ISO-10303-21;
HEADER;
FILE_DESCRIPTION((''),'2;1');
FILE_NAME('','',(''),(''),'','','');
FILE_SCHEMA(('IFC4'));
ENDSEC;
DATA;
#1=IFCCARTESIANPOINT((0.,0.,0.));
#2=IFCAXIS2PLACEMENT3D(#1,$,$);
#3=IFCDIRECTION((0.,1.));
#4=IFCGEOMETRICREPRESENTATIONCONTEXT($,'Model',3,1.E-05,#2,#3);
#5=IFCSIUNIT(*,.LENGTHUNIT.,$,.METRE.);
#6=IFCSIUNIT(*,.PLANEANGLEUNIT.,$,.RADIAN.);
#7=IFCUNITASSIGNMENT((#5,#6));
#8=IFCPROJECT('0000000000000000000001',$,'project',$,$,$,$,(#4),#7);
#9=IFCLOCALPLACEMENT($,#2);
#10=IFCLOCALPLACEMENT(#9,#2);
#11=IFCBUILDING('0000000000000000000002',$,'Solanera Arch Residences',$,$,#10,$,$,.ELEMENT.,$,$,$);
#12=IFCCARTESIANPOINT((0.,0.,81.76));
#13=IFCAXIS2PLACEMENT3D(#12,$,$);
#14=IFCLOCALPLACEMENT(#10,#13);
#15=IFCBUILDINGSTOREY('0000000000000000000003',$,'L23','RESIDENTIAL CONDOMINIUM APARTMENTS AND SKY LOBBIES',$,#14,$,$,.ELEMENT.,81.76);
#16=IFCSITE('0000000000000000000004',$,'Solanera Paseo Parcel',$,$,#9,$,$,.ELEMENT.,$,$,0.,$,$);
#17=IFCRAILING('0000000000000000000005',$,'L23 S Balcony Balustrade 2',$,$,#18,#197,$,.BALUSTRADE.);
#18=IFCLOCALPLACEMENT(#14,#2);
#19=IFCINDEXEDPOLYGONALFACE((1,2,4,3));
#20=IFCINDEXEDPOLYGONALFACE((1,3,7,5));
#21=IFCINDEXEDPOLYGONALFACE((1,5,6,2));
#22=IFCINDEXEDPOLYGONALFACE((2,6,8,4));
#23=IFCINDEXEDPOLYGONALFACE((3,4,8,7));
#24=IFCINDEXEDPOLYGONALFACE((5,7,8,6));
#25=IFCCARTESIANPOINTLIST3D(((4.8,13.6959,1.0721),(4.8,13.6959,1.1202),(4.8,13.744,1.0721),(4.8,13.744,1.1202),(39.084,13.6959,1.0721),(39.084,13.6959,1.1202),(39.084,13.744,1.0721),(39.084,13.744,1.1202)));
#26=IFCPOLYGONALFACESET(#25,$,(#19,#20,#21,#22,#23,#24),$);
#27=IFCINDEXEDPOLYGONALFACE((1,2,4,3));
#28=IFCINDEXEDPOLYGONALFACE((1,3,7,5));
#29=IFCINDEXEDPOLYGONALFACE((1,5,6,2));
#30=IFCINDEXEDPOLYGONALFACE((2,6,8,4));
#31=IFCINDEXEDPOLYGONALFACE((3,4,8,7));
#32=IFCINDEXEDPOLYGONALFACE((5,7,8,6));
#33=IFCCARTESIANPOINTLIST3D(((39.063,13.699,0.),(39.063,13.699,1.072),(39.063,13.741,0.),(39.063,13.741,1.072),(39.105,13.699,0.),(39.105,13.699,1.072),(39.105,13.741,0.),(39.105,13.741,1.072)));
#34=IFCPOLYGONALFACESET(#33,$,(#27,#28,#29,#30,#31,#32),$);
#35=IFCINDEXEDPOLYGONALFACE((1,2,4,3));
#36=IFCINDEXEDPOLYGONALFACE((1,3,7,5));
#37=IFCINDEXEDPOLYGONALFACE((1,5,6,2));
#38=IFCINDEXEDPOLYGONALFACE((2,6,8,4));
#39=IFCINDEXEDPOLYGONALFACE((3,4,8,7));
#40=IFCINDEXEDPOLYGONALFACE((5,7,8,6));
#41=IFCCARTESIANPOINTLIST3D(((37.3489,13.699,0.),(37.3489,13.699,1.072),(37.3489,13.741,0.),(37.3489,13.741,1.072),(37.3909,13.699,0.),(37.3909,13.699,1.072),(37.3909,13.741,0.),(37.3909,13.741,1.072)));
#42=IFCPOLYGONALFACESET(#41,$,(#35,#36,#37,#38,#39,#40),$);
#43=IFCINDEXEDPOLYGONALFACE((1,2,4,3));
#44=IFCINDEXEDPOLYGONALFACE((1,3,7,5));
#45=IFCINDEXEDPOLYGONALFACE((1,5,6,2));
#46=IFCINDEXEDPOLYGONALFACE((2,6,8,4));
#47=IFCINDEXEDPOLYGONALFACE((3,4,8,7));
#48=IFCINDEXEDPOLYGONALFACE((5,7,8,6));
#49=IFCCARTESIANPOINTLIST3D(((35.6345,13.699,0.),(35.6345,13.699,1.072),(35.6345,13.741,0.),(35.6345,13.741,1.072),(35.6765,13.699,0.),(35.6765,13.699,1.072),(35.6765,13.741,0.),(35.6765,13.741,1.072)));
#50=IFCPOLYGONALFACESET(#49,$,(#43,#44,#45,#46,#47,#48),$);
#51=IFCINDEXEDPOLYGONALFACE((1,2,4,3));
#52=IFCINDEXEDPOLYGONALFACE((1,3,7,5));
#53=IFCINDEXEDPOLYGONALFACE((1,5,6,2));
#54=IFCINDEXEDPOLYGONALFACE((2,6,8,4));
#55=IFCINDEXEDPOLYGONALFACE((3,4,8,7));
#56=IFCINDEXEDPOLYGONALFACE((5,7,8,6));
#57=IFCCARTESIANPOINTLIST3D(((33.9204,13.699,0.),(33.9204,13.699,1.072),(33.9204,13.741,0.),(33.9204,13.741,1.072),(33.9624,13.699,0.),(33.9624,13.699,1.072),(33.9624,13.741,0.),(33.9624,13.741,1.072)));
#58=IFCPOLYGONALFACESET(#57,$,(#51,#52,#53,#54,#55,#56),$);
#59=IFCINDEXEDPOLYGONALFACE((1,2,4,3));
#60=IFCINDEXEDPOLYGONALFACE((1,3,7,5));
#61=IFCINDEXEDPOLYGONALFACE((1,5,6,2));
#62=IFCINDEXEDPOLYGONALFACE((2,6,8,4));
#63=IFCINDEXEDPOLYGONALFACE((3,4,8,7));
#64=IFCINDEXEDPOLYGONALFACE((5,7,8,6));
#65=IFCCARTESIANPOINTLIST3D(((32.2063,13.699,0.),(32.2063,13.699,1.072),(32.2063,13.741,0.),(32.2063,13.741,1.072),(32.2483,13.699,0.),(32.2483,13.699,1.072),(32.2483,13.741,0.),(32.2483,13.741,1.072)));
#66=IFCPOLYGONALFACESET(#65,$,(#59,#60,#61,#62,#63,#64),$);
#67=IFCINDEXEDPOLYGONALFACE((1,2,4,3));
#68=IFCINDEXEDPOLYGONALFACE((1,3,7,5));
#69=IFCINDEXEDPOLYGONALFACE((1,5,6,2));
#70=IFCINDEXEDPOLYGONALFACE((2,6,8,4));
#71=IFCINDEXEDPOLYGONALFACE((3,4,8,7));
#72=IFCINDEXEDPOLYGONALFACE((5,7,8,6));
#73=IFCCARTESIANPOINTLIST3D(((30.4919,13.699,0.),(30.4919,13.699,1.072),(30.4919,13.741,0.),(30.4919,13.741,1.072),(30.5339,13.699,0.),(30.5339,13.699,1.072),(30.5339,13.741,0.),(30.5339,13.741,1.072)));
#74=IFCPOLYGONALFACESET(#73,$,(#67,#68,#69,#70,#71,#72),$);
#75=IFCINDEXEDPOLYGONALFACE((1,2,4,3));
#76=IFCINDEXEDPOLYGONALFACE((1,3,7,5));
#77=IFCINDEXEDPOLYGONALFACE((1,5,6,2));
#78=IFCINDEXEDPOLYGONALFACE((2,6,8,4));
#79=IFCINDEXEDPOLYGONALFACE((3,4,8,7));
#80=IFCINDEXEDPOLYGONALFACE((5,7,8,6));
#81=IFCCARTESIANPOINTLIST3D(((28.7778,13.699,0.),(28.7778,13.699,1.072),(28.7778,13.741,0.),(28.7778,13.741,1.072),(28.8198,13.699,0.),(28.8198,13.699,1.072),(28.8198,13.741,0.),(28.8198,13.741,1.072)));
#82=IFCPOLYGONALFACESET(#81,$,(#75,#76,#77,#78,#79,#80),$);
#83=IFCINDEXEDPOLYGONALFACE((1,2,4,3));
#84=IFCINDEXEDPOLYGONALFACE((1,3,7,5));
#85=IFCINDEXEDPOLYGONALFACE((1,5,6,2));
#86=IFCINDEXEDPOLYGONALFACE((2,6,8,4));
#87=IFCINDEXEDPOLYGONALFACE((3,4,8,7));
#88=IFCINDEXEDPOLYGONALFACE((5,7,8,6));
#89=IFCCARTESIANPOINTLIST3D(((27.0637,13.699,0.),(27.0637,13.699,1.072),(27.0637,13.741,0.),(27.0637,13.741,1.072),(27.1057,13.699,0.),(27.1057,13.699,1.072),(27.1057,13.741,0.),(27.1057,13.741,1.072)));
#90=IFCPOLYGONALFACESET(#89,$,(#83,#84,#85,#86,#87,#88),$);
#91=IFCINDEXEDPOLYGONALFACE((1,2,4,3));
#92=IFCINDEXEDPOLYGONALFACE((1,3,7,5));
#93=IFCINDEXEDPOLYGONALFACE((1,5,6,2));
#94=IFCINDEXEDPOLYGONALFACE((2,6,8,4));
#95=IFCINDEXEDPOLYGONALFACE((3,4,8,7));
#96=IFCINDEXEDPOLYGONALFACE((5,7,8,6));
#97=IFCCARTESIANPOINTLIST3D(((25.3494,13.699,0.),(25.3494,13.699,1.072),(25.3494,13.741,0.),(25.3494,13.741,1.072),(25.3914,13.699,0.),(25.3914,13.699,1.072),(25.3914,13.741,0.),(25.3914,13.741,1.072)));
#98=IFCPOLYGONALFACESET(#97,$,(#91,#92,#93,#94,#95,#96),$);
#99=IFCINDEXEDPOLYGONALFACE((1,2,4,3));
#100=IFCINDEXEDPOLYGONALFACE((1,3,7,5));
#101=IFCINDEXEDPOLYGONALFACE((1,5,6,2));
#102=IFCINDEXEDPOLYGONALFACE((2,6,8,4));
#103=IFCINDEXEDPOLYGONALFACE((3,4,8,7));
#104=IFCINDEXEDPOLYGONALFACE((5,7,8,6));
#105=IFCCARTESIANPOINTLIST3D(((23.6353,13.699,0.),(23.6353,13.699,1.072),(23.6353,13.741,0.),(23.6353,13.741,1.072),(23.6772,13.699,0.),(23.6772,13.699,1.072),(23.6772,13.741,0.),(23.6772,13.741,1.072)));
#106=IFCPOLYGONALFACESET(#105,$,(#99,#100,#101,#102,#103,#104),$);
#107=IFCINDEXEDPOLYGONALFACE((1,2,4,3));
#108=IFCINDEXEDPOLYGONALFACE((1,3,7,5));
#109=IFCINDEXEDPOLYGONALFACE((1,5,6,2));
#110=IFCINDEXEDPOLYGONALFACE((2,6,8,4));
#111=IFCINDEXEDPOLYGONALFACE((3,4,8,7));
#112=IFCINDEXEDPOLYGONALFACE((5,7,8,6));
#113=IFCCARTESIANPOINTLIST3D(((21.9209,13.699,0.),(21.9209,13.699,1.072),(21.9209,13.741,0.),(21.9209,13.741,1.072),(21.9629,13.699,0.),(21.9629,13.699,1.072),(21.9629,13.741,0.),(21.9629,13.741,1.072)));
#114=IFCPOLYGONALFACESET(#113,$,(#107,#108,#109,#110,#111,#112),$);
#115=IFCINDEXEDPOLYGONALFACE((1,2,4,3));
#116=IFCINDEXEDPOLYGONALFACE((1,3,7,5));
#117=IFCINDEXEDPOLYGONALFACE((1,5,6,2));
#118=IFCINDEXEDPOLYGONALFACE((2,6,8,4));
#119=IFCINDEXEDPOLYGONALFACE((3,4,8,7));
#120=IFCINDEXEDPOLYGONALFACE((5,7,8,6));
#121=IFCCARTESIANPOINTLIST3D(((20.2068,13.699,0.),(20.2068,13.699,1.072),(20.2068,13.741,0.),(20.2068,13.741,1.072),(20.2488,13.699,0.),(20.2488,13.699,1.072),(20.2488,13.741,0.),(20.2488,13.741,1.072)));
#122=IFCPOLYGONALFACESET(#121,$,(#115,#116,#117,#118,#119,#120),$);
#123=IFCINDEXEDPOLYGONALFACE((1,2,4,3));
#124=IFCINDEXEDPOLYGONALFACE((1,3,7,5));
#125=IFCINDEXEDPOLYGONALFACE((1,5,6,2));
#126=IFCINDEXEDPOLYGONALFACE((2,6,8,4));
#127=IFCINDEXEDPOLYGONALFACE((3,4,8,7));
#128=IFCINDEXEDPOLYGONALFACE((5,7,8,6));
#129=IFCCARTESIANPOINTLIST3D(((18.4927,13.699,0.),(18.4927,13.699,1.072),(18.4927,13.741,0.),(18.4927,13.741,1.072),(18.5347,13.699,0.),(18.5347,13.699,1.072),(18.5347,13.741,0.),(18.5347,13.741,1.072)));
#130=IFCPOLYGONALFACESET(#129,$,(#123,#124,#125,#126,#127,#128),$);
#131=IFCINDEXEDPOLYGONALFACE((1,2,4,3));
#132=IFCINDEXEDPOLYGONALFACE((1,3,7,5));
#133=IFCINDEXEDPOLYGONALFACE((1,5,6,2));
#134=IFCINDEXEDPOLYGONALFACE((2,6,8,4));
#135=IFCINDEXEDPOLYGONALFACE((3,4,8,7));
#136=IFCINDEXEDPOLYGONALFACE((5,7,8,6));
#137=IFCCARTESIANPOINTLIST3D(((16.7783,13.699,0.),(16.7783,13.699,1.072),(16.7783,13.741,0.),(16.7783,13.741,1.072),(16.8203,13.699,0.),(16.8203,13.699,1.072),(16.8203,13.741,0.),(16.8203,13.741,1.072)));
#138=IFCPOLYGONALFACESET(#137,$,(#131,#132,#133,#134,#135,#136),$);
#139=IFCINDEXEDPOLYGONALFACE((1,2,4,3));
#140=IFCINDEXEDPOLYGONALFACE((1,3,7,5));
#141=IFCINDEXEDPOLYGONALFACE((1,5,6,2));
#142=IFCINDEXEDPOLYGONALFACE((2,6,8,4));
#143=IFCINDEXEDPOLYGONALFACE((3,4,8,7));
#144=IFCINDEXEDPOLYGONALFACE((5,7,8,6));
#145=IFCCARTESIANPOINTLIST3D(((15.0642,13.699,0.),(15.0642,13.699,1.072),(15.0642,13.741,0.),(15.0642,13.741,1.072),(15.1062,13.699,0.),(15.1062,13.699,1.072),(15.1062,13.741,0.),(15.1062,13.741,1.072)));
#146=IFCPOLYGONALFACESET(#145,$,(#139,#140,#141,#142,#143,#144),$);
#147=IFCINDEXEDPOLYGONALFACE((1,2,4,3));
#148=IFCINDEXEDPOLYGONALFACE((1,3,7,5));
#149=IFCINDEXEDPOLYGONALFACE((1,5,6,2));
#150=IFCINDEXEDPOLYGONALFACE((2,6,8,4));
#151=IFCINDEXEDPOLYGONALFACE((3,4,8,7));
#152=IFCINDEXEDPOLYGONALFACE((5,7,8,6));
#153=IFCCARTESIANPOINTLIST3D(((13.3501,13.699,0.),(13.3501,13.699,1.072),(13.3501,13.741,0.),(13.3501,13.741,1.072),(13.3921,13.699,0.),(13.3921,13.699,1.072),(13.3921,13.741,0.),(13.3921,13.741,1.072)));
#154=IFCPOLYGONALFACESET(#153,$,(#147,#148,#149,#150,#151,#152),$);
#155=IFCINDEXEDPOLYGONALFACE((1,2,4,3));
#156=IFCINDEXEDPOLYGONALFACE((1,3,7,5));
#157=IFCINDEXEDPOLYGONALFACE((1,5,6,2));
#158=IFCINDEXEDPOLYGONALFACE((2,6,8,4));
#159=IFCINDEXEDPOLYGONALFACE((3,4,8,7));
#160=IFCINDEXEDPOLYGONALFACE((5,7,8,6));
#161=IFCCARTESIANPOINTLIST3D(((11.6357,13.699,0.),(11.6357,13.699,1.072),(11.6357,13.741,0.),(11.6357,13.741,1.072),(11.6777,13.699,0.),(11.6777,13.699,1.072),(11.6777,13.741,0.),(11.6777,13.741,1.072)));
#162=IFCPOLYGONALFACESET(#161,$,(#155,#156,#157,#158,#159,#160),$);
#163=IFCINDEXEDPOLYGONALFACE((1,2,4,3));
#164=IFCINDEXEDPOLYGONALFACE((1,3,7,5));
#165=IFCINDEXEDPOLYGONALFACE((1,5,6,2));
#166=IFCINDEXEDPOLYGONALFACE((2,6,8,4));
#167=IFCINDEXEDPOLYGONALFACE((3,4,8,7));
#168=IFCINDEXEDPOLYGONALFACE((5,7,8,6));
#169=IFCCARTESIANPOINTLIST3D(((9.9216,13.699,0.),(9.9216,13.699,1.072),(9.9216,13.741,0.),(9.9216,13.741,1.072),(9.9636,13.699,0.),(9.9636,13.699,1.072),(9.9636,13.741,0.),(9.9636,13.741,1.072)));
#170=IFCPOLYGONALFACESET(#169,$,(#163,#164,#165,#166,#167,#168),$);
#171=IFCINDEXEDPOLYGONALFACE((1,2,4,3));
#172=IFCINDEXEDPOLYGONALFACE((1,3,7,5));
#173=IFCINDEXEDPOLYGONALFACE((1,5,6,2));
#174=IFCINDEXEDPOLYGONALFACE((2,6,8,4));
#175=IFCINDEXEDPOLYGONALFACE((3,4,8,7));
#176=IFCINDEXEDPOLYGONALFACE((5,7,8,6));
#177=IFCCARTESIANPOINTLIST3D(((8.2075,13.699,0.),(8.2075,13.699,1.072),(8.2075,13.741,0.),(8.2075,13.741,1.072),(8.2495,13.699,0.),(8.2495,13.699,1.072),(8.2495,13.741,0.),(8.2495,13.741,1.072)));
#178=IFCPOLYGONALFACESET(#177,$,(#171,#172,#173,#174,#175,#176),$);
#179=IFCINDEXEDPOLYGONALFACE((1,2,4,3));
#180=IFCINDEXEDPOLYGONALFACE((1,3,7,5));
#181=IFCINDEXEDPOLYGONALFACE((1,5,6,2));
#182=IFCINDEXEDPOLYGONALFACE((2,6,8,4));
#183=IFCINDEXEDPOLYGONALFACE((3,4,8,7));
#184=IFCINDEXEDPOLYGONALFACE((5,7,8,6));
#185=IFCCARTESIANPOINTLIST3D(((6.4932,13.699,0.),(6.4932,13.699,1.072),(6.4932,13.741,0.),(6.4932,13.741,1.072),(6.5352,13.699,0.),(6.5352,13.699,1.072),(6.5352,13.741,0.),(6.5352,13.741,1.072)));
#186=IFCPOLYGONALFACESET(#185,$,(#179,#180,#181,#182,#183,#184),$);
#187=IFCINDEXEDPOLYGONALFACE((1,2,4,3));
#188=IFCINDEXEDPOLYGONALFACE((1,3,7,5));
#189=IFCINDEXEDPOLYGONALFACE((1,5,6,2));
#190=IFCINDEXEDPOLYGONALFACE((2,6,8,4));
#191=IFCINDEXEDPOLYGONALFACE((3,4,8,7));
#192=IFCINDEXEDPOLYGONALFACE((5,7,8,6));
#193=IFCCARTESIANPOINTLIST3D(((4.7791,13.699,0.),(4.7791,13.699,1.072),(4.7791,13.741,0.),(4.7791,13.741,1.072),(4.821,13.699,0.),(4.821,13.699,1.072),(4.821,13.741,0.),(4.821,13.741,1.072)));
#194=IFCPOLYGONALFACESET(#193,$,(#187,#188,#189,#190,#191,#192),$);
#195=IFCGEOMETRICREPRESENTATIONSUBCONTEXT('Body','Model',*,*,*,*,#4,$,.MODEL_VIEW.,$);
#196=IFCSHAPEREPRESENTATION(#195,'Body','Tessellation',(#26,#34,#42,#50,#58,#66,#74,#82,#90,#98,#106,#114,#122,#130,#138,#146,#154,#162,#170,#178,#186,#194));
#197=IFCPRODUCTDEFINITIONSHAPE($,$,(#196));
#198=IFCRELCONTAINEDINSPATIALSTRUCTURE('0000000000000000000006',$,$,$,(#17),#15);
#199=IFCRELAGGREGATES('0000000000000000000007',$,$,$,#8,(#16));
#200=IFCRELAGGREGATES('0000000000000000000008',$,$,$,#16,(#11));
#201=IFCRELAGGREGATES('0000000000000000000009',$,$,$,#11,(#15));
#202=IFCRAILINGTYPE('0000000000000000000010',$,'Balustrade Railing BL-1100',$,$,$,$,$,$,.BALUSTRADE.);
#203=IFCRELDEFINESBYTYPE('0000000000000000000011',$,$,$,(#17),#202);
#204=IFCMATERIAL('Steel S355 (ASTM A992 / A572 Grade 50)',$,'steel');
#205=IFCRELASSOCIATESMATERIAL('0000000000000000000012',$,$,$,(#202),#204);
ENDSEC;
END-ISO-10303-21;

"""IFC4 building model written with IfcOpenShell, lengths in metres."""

from ifc_helpers import new_model, si_unit, direction, frame, origin, origin_2d, place, context, subcontext, project, spatial, rectangle, extrude, material, type_object, element, save


model = new_model("IFC4")

# Units and contexts
model_context = context("Model", 3, precision=1e-05, world=origin(), true_north=direction((0.0, 1.0)))
body_context = subcontext(model_context, "Body", "Model", "MODEL_VIEW")
ifc_project = project(units=[si_unit("LENGTHUNIT", "METRE"), si_unit("PLANEANGLEUNIT", "RADIAN")], contexts=[model_context])

# Site, building, storey
site_placement = place(None, origin())
site = spatial("IfcSite", under=ifc_project, at=site_placement, Name="Solanera Paseo Parcel", CompositionType="ELEMENT", RefElevation=0.0)
building_placement = place(site_placement, origin())
building = spatial("IfcBuilding", under=site, at=building_placement, Name="Solanera Arch Residences", CompositionType="ELEMENT")
storey_placement = place(building_placement, frame((0.0, 0.0, 81.76)))
storey = spatial("IfcBuildingStorey", under=building, at=storey_placement, Name="L23", Description="RESIDENTIAL CONDOMINIUM APARTMENTS AND SKY LOBBIES", CompositionType="ELEMENT", Elevation=81.76)

# Railing
ifc_material_1 = material(Name="Steel S355 (ASTM A992 / A572 Grade 50)", Category="steel")
railing_type = type_object("IfcRailingType", Name="Balustrade Railing BL-1100", PredefinedType="BALUSTRADE", material=ifc_material_1)
railing_placement = place(storey_placement, frame((39.084, 13.72, 0.0)))
element("IfcRailing", 1, at=railing_placement, inside=storey, type_object=railing_type, Name="L23 S Balcony Balustrade 2", PredefinedType="BALUSTRADE", context=body_context, shape_type="SweptSolid", body=[
    extrude(rectangle(XDim=0.0481, YDim=0.0481, at=origin_2d()), frame((0.0, 0.0, 1.0962), z_axis=(-1.0, 0.0, 0.0), x_axis=(0.0, -1.0, 0.0)), (0.0, 0.0, 1.0), 34.2839),
    extrude(rectangle(XDim=0.042, YDim=0.042, at=origin_2d()), origin(), (0.0, 0.0, 1.0), 1.072),
    extrude(rectangle(XDim=0.042, YDim=0.042, at=origin_2d()), frame((-1.7141, 0.0, 0.0)), (0.0, 0.0, 1.0), 1.072),
    extrude(rectangle(XDim=0.042, YDim=0.042, at=origin_2d()), frame((-3.4285, 0.0, 0.0)), (0.0, 0.0, 1.0), 1.072),
    extrude(rectangle(XDim=0.042, YDim=0.042, at=origin_2d()), frame((-5.1426, 0.0, 0.0)), (0.0, 0.0, 1.0), 1.072),
    extrude(rectangle(XDim=0.042, YDim=0.042, at=origin_2d()), frame((-6.8567, 0.0, 0.0)), (0.0, 0.0, 1.0), 1.072),
    extrude(rectangle(XDim=0.042, YDim=0.042, at=origin_2d()), frame((-8.571, 0.0, 0.0)), (0.0, 0.0, 1.0), 1.072),
    extrude(rectangle(XDim=0.042, YDim=0.042, at=origin_2d()), frame((-10.2852, 0.0, 0.0)), (0.0, 0.0, 1.0), 1.072),
    extrude(rectangle(XDim=0.042, YDim=0.042, at=origin_2d()), frame((-11.9993, 0.0, 0.0)), (0.0, 0.0, 1.0), 1.072),
    extrude(rectangle(XDim=0.042, YDim=0.042, at=origin_2d()), frame((-13.7136, 0.0, 0.0)), (0.0, 0.0, 1.0), 1.072),
    extrude(rectangle(XDim=0.042, YDim=0.042, at=origin_2d()), frame((-15.4277, 0.0, 0.0)), (0.0, 0.0, 1.0), 1.072),
    extrude(rectangle(XDim=0.042, YDim=0.042, at=origin_2d()), frame((-17.1421, 0.0, 0.0)), (0.0, 0.0, 1.0), 1.072),
    extrude(rectangle(XDim=0.042, YDim=0.042, at=origin_2d()), frame((-18.8562, 0.0, 0.0)), (0.0, 0.0, 1.0), 1.072),
    extrude(rectangle(XDim=0.042, YDim=0.042, at=origin_2d()), frame((-20.5703, 0.0, 0.0)), (0.0, 0.0, 1.0), 1.072),
    extrude(rectangle(XDim=0.042, YDim=0.042, at=origin_2d()), frame((-22.2847, 0.0, 0.0)), (0.0, 0.0, 1.0), 1.072),
    extrude(rectangle(XDim=0.042, YDim=0.042, at=origin_2d()), frame((-23.9988, 0.0, 0.0)), (0.0, 0.0, 1.0), 1.072),
    extrude(rectangle(XDim=0.042, YDim=0.042, at=origin_2d()), frame((-25.7129, 0.0, 0.0)), (0.0, 0.0, 1.0), 1.072),
    extrude(rectangle(XDim=0.042, YDim=0.042, at=origin_2d()), frame((-27.4272, 0.0, 0.0)), (0.0, 0.0, 1.0), 1.072),
    extrude(rectangle(XDim=0.042, YDim=0.042, at=origin_2d()), frame((-29.1414, 0.0, 0.0)), (0.0, 0.0, 1.0), 1.072),
    extrude(rectangle(XDim=0.042, YDim=0.042, at=origin_2d()), frame((-30.8555, 0.0, 0.0)), (0.0, 0.0, 1.0), 1.072),
    extrude(rectangle(XDim=0.042, YDim=0.042, at=origin_2d()), frame((-32.5698, 0.0, 0.0)), (0.0, 0.0, 1.0), 1.072),
    extrude(rectangle(XDim=0.042, YDim=0.042, at=origin_2d()), frame((-34.2839, 0.0, 0.0)), (0.0, 0.0, 1.0), 1.072),
])

save(model, "model.ifc")
